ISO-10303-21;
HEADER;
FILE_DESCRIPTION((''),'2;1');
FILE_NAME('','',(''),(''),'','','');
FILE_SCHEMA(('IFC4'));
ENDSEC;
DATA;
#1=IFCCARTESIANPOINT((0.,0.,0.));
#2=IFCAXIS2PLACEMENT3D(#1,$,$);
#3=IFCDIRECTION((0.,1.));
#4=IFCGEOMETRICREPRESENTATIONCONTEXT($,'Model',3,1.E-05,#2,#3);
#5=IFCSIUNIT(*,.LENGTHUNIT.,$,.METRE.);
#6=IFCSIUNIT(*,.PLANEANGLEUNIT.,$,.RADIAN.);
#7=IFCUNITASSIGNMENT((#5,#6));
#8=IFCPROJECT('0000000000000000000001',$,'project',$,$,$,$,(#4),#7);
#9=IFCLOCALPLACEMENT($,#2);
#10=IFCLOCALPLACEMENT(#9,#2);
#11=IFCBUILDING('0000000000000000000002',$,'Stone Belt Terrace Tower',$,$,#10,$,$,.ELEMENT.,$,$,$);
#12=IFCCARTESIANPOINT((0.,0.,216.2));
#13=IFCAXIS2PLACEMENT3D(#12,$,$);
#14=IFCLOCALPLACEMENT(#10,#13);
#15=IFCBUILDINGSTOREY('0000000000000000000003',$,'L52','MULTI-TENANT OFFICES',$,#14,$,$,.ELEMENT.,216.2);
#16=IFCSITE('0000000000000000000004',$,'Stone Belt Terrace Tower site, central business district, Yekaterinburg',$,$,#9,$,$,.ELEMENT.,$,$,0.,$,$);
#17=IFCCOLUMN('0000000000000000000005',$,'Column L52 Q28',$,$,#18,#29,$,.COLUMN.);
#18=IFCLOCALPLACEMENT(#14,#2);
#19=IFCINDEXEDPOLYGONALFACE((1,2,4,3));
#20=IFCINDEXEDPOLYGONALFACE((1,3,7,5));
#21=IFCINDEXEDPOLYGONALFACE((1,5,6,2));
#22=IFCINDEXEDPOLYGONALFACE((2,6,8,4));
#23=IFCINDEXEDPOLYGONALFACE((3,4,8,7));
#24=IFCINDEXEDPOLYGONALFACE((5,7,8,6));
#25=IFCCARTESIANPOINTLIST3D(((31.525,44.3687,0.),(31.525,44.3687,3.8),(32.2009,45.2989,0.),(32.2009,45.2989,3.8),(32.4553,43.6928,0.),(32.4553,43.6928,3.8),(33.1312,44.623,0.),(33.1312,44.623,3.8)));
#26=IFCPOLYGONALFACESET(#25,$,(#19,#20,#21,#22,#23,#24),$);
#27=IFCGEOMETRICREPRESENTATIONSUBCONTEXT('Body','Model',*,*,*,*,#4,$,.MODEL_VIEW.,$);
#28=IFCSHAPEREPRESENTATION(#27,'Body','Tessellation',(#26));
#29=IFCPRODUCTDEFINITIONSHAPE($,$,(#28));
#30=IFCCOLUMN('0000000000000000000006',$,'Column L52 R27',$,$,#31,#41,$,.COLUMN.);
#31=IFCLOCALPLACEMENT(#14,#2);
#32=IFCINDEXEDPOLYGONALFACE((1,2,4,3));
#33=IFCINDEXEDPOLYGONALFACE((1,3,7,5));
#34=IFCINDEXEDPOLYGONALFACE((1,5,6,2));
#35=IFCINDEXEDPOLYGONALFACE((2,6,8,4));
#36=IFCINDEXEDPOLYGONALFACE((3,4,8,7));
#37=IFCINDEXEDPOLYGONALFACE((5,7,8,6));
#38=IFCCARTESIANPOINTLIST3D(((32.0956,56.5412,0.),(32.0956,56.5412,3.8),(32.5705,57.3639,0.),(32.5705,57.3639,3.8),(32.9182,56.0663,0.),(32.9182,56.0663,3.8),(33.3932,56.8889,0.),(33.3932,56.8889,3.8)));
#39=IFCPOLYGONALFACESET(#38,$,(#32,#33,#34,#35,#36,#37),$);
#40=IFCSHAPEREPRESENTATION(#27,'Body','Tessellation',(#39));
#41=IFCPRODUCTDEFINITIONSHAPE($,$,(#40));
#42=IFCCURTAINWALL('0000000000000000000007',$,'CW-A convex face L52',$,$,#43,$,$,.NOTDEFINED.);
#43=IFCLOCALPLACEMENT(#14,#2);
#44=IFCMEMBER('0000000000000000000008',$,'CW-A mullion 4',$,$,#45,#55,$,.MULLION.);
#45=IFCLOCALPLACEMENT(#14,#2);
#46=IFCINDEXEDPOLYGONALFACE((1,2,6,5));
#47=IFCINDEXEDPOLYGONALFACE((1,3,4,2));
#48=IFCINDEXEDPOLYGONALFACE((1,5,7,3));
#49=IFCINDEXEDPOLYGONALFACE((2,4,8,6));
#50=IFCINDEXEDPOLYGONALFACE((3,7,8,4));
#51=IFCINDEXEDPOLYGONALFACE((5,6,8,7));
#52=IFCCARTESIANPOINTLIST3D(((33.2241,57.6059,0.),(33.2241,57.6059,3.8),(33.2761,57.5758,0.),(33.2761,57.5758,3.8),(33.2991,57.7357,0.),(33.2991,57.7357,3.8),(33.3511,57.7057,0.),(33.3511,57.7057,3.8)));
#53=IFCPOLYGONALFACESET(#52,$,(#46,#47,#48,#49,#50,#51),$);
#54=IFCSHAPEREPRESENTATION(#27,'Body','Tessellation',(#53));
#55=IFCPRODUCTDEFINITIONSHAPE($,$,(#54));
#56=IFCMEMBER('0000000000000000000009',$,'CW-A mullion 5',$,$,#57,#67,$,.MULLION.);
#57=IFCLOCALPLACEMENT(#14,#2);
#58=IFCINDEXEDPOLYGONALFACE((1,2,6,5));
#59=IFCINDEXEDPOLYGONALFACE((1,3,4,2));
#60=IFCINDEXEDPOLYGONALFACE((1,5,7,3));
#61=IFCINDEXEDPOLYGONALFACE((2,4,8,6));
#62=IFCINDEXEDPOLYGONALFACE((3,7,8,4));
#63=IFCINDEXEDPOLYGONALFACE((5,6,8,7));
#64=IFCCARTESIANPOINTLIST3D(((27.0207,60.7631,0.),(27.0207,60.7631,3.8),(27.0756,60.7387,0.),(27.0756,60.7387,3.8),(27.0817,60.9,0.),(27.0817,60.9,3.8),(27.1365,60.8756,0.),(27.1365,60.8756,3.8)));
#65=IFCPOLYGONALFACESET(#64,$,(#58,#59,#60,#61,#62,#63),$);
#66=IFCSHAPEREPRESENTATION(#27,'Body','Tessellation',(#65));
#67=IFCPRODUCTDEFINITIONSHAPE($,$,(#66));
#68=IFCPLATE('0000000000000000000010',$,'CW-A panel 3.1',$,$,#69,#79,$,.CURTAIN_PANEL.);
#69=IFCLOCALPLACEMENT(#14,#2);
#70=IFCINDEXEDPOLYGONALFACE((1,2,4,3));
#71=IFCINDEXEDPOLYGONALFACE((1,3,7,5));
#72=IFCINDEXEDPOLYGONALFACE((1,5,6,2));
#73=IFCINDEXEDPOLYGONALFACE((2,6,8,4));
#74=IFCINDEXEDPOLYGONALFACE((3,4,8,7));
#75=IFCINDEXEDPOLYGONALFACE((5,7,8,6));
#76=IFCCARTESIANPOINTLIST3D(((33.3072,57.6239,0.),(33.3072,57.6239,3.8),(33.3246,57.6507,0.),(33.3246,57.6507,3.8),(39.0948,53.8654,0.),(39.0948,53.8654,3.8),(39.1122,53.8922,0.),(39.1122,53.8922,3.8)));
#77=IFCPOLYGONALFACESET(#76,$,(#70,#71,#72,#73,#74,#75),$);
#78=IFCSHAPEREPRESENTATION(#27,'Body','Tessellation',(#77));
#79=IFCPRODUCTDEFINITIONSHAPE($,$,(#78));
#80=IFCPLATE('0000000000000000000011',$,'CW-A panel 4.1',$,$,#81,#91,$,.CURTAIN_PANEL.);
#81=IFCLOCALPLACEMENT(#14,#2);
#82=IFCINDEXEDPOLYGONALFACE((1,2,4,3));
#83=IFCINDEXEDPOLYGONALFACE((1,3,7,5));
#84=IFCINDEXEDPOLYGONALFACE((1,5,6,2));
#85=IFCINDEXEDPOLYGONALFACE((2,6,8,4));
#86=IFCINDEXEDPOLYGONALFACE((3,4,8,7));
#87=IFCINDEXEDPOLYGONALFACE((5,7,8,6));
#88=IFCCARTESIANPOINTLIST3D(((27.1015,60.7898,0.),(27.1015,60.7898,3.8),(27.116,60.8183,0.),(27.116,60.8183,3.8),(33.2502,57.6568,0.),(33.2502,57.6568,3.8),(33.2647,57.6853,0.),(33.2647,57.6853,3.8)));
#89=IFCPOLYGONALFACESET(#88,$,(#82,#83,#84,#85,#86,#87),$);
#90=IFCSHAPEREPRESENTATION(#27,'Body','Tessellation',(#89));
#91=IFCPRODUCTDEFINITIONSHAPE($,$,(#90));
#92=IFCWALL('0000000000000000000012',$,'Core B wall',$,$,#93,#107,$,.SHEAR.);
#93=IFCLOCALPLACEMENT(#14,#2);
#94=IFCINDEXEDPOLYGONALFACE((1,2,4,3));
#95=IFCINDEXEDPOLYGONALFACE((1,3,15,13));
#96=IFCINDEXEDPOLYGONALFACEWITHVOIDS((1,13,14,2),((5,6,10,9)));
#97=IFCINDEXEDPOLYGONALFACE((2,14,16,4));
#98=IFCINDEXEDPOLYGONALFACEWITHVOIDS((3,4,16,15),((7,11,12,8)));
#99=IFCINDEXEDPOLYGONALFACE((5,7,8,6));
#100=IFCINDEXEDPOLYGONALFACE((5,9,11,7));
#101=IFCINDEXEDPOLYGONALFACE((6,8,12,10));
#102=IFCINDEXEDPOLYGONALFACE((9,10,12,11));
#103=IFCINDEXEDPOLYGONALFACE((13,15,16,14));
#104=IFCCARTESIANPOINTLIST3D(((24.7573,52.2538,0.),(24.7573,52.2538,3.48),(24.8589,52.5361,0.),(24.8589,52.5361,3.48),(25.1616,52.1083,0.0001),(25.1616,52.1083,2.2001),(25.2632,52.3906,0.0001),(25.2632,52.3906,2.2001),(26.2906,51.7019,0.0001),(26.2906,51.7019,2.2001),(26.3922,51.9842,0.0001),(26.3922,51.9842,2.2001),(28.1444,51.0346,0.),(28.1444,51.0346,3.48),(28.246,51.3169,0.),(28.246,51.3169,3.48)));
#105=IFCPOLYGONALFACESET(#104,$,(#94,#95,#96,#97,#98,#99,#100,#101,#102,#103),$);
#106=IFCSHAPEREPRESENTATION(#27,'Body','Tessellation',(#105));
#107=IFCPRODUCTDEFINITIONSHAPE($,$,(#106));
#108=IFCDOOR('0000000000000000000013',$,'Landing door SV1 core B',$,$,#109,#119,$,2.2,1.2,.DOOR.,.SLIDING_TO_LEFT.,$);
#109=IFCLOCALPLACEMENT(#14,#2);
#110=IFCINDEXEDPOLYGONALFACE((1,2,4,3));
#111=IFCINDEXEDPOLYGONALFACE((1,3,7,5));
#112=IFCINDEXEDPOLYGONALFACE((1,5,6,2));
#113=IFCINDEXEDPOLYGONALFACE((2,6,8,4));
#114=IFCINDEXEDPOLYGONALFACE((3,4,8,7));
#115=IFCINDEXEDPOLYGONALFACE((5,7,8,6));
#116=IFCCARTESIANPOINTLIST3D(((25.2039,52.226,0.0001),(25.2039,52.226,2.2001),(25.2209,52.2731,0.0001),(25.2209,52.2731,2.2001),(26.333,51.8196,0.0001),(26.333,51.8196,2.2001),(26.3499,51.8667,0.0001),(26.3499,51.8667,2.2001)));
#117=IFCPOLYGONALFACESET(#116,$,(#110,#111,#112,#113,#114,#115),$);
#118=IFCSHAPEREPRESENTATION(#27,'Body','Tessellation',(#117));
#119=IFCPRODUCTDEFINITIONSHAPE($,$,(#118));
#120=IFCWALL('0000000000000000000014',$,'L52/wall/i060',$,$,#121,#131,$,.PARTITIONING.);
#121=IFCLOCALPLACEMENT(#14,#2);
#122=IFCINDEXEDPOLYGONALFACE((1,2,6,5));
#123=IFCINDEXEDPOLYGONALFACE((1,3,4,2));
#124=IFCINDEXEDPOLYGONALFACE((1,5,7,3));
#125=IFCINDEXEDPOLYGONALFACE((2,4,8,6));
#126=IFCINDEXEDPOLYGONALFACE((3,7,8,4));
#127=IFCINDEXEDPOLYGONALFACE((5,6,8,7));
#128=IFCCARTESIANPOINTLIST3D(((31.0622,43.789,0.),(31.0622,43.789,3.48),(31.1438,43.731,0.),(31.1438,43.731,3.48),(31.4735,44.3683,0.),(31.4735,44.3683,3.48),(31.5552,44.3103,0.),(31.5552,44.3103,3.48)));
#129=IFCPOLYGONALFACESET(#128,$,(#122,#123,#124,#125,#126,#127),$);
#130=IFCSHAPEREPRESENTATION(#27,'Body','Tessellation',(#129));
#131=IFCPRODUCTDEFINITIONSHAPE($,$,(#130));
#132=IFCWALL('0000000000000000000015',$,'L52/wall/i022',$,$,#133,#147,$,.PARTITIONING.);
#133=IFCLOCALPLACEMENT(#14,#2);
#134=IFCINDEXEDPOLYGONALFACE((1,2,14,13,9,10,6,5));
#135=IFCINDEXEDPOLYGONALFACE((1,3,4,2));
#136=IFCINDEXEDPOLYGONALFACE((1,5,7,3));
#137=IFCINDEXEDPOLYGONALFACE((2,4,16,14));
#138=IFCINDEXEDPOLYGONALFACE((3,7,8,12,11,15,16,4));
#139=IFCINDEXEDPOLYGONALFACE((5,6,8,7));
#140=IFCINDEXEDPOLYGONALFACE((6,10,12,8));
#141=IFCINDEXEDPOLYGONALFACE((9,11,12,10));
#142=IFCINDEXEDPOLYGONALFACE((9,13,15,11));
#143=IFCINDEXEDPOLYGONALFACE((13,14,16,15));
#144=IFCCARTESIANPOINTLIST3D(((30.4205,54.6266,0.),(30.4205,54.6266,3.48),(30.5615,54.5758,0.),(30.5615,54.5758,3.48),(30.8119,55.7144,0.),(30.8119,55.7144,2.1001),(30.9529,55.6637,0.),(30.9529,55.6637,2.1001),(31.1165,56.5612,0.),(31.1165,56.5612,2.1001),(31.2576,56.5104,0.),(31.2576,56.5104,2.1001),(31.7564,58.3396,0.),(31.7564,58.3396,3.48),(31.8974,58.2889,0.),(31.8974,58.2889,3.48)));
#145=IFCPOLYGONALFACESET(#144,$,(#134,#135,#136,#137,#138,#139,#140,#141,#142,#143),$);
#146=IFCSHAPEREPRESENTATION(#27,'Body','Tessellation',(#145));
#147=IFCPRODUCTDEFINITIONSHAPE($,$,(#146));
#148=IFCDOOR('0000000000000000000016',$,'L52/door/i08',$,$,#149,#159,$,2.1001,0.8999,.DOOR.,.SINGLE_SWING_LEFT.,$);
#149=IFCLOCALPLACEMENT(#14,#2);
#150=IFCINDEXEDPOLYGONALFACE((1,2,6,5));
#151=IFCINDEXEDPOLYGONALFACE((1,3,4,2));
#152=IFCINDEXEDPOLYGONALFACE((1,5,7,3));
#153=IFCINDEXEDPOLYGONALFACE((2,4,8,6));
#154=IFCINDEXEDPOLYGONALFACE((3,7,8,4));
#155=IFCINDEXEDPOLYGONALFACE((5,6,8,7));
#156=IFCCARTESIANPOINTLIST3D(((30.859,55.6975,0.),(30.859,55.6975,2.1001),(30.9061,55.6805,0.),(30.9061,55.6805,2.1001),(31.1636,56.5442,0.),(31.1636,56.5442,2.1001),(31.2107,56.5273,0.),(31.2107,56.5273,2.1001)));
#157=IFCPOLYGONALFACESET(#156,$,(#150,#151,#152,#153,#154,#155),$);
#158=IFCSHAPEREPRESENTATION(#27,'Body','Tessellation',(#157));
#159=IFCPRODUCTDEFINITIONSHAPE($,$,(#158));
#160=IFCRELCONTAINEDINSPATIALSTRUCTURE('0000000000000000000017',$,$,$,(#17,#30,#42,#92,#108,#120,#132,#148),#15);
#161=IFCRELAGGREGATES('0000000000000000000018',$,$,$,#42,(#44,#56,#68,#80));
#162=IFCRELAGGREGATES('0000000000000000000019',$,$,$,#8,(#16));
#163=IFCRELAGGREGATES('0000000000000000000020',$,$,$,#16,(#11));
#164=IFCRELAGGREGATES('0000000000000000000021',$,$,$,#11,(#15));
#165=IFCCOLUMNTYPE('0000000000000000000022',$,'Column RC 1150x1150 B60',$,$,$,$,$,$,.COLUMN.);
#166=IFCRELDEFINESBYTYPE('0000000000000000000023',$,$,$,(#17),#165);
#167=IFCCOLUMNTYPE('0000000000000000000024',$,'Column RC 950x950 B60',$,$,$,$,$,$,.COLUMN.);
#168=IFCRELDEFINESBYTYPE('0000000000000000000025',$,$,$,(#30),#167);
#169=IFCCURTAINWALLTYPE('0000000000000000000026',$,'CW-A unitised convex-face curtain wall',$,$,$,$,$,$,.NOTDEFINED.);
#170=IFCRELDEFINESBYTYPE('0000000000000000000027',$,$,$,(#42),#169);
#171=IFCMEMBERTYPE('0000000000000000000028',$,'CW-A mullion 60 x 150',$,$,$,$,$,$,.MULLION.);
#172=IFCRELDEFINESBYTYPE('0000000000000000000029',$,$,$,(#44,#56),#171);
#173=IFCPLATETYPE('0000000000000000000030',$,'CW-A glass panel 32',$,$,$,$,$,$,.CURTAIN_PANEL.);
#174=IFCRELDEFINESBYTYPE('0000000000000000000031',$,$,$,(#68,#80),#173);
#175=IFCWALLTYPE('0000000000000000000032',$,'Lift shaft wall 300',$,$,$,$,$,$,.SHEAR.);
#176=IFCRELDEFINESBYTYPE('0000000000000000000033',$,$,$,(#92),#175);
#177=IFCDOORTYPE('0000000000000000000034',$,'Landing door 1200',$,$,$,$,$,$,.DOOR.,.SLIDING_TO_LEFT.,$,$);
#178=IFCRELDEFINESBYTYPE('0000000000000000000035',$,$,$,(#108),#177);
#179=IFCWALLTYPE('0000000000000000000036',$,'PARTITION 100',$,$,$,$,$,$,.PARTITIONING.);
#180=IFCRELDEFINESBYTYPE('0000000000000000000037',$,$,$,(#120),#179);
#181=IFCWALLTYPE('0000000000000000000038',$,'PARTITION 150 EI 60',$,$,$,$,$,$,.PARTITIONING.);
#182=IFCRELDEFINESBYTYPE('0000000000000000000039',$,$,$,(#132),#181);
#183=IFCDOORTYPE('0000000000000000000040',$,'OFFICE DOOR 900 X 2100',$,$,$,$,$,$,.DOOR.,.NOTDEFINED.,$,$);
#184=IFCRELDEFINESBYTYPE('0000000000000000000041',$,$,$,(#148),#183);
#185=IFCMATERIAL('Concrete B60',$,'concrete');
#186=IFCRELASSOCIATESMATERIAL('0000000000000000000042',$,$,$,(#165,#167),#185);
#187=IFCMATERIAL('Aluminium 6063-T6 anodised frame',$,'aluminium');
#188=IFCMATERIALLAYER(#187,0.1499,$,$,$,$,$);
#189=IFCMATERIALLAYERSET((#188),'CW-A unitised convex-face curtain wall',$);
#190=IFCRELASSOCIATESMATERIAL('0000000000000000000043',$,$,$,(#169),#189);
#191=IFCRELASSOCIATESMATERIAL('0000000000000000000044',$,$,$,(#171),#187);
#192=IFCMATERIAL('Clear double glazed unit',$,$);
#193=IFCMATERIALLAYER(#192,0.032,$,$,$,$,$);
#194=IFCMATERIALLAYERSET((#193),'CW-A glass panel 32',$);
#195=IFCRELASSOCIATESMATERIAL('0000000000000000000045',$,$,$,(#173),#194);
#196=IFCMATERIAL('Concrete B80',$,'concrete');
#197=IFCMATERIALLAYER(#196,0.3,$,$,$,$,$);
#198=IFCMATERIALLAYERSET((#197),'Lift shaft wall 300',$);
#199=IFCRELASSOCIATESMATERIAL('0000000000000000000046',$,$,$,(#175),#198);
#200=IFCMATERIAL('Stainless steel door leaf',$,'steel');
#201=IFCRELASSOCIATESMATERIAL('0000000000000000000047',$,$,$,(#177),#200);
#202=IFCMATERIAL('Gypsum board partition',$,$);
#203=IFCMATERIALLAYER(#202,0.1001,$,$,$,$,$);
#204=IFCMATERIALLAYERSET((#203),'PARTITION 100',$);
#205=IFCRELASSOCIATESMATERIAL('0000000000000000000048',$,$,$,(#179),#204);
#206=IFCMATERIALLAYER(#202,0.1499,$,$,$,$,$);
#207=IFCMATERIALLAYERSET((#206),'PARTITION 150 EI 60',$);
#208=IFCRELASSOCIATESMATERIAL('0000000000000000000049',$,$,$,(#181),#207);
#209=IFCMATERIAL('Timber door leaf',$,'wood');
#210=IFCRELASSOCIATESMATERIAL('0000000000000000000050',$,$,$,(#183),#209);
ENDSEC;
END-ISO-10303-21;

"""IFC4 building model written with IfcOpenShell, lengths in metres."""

from ifc_helpers import new_model, si_unit, direction, frame, frame_2d, origin, origin_2d, place, context, subcontext, project, spatial, rectangle, extrude, material, layer, layer_set, material_profile, profile_set, type_object, element, fill, aggregate, save


model = new_model("IFC4")

# Units and contexts
model_context = context("Model", 3, precision=1e-05, world=origin(), true_north=direction((0.0, 1.0)))
body_context = subcontext(model_context, "Body", "Model", "MODEL_VIEW")
ifc_project = project(units=[si_unit("LENGTHUNIT", "METRE"), si_unit("PLANEANGLEUNIT", "RADIAN")], contexts=[model_context])

# Site, building, storey
site_placement = place(None, origin())
site = spatial("IfcSite", under=ifc_project, at=site_placement, Name="Stone Belt Terrace Tower site, central business district, Yekaterinburg", CompositionType="ELEMENT", RefElevation=0.0)
building_placement = place(site_placement, origin())
building = spatial("IfcBuilding", under=site, at=building_placement, Name="Stone Belt Terrace Tower", CompositionType="ELEMENT")
storey_placement = place(building_placement, frame((0.0, 0.0, 216.2)))
storey = spatial("IfcBuildingStorey", under=building, at=storey_placement, Name="L52", Description="MULTI-TENANT OFFICES", CompositionType="ELEMENT", Elevation=216.2)

# Columns
ifc_material_1 = material(Name="Concrete B60", Category="concrete")
ifc_material_profile_1 = material_profile(ifc_material_1, rectangle(XDim=1.1499, YDim=1.1499, at=origin_2d()), Name="RC 1150x1150")
ifc_profile_set_1 = profile_set([ifc_material_profile_1], Name="Concrete B60")
column_type_1 = type_object("IfcColumnType", Name="Column RC 1150x1150 B60", PredefinedType="COLUMN", material=ifc_profile_set_1)
column_1_placement = place(storey_placement, frame((32.3281, 44.4958, 0.0), z_axis=(0.0, 0.0, 1.0), x_axis=(0.809017, -0.587785, 0.0)))
element("IfcColumn", 1, at=column_1_placement, inside=storey, type_object=column_type_1, Name="Column L52 Q28", PredefinedType="COLUMN", context=body_context, shape_type="SweptSolid", body=[
    extrude(rectangle(XDim=1.1499, YDim=1.1499, at=origin_2d()), origin(), (0.0, 0.0, 1.0), 3.8),
])
ifc_material_profile_2 = material_profile(ifc_material_1, rectangle(XDim=0.95, YDim=0.95, at=origin_2d()), Name="RC 950x950")
ifc_profile_set_2 = profile_set([ifc_material_profile_2], Name="Concrete B60")
column_type_2 = type_object("IfcColumnType", Name="Column RC 950x950 B60", PredefinedType="COLUMN", material=ifc_profile_set_2)
column_2_placement = place(storey_placement, frame((32.7444, 56.7151, 0.0), z_axis=(0.0, 0.0, 1.0), x_axis=(0.866025, -0.5, 0.0)))
element("IfcColumn", 2, at=column_2_placement, inside=storey, type_object=column_type_2, Name="Column L52 R27", PredefinedType="COLUMN", context=body_context, shape_type="SweptSolid", body=[
    extrude(rectangle(XDim=0.95, YDim=0.95, at=origin_2d()), origin(), (0.0, 0.0, 1.0), 3.8),
])

# Curtain wall, members, plates
ifc_material_2 = material(Name="Aluminium 6063-T6 anodised frame", Category="aluminium")
ifc_layer_1 = layer(ifc_material_2, 0.1499)
ifc_layer_set_1 = layer_set([ifc_layer_1], Name="CW-A unitised convex-face curtain wall")
curtain_wall_type = type_object("IfcCurtainWallType", Name="CW-A unitised convex-face curtain wall", PredefinedType="NOTDEFINED", material=ifc_layer_set_1)
curtain_wall_placement = place(storey_placement, origin())
curtain_wall = element("IfcCurtainWall", 3, at=curtain_wall_placement, inside=storey, type_object=curtain_wall_type, Name="CW-A convex face L52", PredefinedType="NOTDEFINED")
ifc_material_profile_3 = material_profile(ifc_material_2, rectangle(XDim=0.1499, YDim=0.0601, at=origin_2d()), Name="Aluminium 6063-T6 60x150")
ifc_profile_set_3 = profile_set([ifc_material_profile_3], Name="Aluminium 6063-T6 anodised frame")
member_type = type_object("IfcMemberType", Name="CW-A mullion 60 x 150", PredefinedType="MULLION", material=ifc_profile_set_3)
member_1_placement = place(storey_placement, frame((33.2876, 57.6558, 0.0), z_axis=(0.0, 0.0, 1.0), x_axis=(-0.5, -0.866025, 0.0)))
member_1 = element("IfcMember", 4, at=member_1_placement, type_object=member_type, Name="CW-A mullion 4", PredefinedType="MULLION", context=body_context, shape_type="SweptSolid", body=[
    extrude(rectangle(XDim=0.1499, YDim=0.0601, at=origin_2d()), origin(), (0.0, 0.0, 1.0), 3.8),
])
member_2_placement = place(storey_placement, frame((27.0786, 60.8193, 0.0), z_axis=(0.0, 0.0, 1.0), x_axis=(-0.406737, -0.913545, 0.0)))
member_2 = element("IfcMember", 5, at=member_2_placement, type_object=member_type, Name="CW-A mullion 5", PredefinedType="MULLION", context=body_context, shape_type="SweptSolid", body=[
    extrude(rectangle(XDim=0.1499, YDim=0.0601, at=origin_2d()), origin(), (0.0, 0.0, 1.0), 3.8),
])
ifc_material_3 = material(Name="Clear double glazed unit")
ifc_layer_2 = layer(ifc_material_3, 0.032)
ifc_layer_set_2 = layer_set([ifc_layer_2], Name="CW-A glass panel 32")
plate_type = type_object("IfcPlateType", Name="CW-A glass panel 32", PredefinedType="CURTAIN_PANEL", material=ifc_layer_set_2)
plate_1_placement = place(storey_placement, frame((36.2097, 55.7581, 0.0), z_axis=(0.0, 0.0, 1.0), x_axis=(-0.838671, 0.544639, 0.0)))
plate_1 = element("IfcPlate", 6, at=plate_1_placement, type_object=plate_type, Name="CW-A panel 3.1", PredefinedType="CURTAIN_PANEL", context=body_context, shape_type="SweptSolid", body=[
    extrude(rectangle(XDim=6.9009, YDim=0.032, at=origin_2d()), origin(), (0.0, 0.0, 1.0), 3.8),
])
plate_2_placement = place(storey_placement, frame((30.1831, 59.2375, 0.0), z_axis=(0.0, 0.0, 1.0), x_axis=(-0.891007, 0.45399, 0.0)))
plate_2 = element("IfcPlate", 7, at=plate_2_placement, type_object=plate_type, Name="CW-A panel 4.1", PredefinedType="CURTAIN_PANEL", context=body_context, shape_type="SweptSolid", body=[
    extrude(rectangle(XDim=6.9009, YDim=0.032, at=origin_2d()), origin(), (0.0, 0.0, 1.0), 3.8),
])
aggregate(curtain_wall, [member_1, member_2, plate_1, plate_2])

# Wall, opening, door
ifc_material_4 = material(Name="Concrete B80", Category="concrete")
ifc_layer_3 = layer(ifc_material_4, 0.3)
ifc_layer_set_3 = layer_set([ifc_layer_3], Name="Lift shaft wall 300")
wall_type_1 = type_object("IfcWallType", Name="Lift shaft wall 300", PredefinedType="SHEAR", material=ifc_layer_set_3)
wall_1_placement = place(storey_placement, frame((28.1951, 51.1758, 0.0), z_axis=(0.0, 0.0, 1.0), x_axis=(-0.940901, 0.338681, 0.0)))
wall_1 = element("IfcWall", 8, at=wall_1_placement, inside=storey, type_object=wall_type_1, Name="Core B wall", PredefinedType="SHEAR", context=body_context, shape_type="SweptSolid", body=[
    extrude(rectangle(XDim=3.5999, YDim=0.3, at=frame_2d((1.7998, 0.0))), origin(), (0.0, 0.0, 1.0), 3.48),
])
opening_1_placement = place(wall_1_placement, frame((1.97, 0.0, 0.0)))
opening_1 = element("IfcOpeningElement", 9, at=opening_1_placement, cuts=wall_1, PredefinedType="OPENING", context=body_context, shape_type="SweptSolid", body=[
    extrude(rectangle(XDim=1.2, YDim=2.2, at=frame_2d((0.6001, 1.1001))), frame((0.0, 0.1599, 0.0), z_axis=(0.0, -1.0, 0.0), x_axis=(1.0, 0.0, 0.0)), (0.0, 0.0, 1.0), 0.3201),
])
ifc_material_5 = material(Name="Stainless steel door leaf", Category="steel")
door_type_1 = type_object("IfcDoorType", Name="Landing door 1200", OperationType="SLIDING_TO_LEFT", PredefinedType="DOOR", material=ifc_material_5)
door_1_placement = place(opening_1_placement, origin())
door_1 = element("IfcDoor", 10, at=door_1_placement, inside=storey, type_object=door_type_1, Name="Landing door SV1 core B", OperationType="SLIDING_TO_LEFT", OverallHeight=2.2, OverallWidth=1.2, PredefinedType="DOOR", context=body_context, shape_type="SweptSolid", body=[
    extrude(rectangle(XDim=1.2, YDim=2.2, at=frame_2d((0.6001, 1.1001))), frame((0.0, 0.0249, 0.0), z_axis=(0.0, -1.0, 0.0), x_axis=(1.0, 0.0, 0.0)), (0.0, 0.0, 1.0), 0.05),
])
fill(opening_1, door_1)

# Wall
ifc_material_6 = material(Name="Gypsum board partition")
ifc_layer_4 = layer(ifc_material_6, 0.1001)
ifc_layer_set_4 = layer_set([ifc_layer_4], Name="PARTITION 100")
wall_type_2 = type_object("IfcWallType", Name="PARTITION 100", PredefinedType="PARTITIONING", material=ifc_layer_set_4)
wall_2_placement = place(storey_placement, frame((31.103, 43.76, 0.0), z_axis=(0.0, 0.0, 1.0), x_axis=(0.578961, 0.815355, 0.0)))
element("IfcWall", 11, at=wall_2_placement, inside=storey, type_object=wall_type_2, Name="L52/wall/i060", PredefinedType="PARTITIONING", context=body_context, shape_type="SweptSolid", body=[
    extrude(rectangle(XDim=0.7104, YDim=0.1001, at=frame_2d((0.3552, 0.0))), origin(), (0.0, 0.0, 1.0), 3.48),
])

# Wall, opening, door
ifc_layer_5 = layer(ifc_material_6, 0.1499)
ifc_layer_set_5 = layer_set([ifc_layer_5], Name="PARTITION 150 EI 60")
wall_type_3 = type_object("IfcWallType", Name="PARTITION 150 EI 60", PredefinedType="PARTITIONING", material=ifc_layer_set_5)
wall_3_placement = place(storey_placement, frame((30.491, 54.6011, 0.0), z_axis=(0.0, 0.0, 1.0), x_axis=(0.338542, 0.940951, 0.0)))
wall_3 = element("IfcWall", 12, at=wall_3_placement, inside=storey, type_object=wall_type_3, Name="L52/wall/i022", PredefinedType="PARTITIONING", context=body_context, shape_type="SweptSolid", body=[
    extrude(rectangle(XDim=3.946, YDim=0.1499, at=frame_2d((1.9731, 0.0))), origin(), (0.0, 0.0, 1.0), 3.48),
])
opening_2_placement = place(wall_3_placement, frame((1.1562, 0.0, 0.0)))
opening_2 = element("IfcOpeningElement", 13, at=opening_2_placement, cuts=wall_3, PredefinedType="OPENING", context=body_context, shape_type="SweptSolid", body=[
    extrude(rectangle(XDim=0.8999, YDim=2.1001, at=frame_2d((0.45, 1.05))), frame((0.0, 0.085, 0.0), z_axis=(0.0, -1.0, 0.0), x_axis=(1.0, 0.0, 0.0)), (0.0, 0.0, 1.0), 0.1699),
])
ifc_material_7 = material(Name="Timber door leaf", Category="wood")
door_type_2 = type_object("IfcDoorType", Name="OFFICE DOOR 900 X 2100", OperationType="NOTDEFINED", PredefinedType="DOOR", material=ifc_material_7)
door_2_placement = place(opening_2_placement, origin())
door_2 = element("IfcDoor", 14, at=door_2_placement, inside=storey, type_object=door_type_2, Name="L52/door/i08", OperationType="SINGLE_SWING_LEFT", OverallHeight=2.1001, OverallWidth=0.8999, PredefinedType="DOOR", context=body_context, shape_type="SweptSolid", body=[
    extrude(rectangle(XDim=0.8999, YDim=2.1001, at=frame_2d((0.45, 1.05))), frame((0.0, 0.0249, 0.0), z_axis=(0.0, -1.0, 0.0), x_axis=(1.0, 0.0, 0.0)), (0.0, 0.0, 1.0), 0.05),
])
fill(opening_2, door_2)

save(model, "model.ifc")
